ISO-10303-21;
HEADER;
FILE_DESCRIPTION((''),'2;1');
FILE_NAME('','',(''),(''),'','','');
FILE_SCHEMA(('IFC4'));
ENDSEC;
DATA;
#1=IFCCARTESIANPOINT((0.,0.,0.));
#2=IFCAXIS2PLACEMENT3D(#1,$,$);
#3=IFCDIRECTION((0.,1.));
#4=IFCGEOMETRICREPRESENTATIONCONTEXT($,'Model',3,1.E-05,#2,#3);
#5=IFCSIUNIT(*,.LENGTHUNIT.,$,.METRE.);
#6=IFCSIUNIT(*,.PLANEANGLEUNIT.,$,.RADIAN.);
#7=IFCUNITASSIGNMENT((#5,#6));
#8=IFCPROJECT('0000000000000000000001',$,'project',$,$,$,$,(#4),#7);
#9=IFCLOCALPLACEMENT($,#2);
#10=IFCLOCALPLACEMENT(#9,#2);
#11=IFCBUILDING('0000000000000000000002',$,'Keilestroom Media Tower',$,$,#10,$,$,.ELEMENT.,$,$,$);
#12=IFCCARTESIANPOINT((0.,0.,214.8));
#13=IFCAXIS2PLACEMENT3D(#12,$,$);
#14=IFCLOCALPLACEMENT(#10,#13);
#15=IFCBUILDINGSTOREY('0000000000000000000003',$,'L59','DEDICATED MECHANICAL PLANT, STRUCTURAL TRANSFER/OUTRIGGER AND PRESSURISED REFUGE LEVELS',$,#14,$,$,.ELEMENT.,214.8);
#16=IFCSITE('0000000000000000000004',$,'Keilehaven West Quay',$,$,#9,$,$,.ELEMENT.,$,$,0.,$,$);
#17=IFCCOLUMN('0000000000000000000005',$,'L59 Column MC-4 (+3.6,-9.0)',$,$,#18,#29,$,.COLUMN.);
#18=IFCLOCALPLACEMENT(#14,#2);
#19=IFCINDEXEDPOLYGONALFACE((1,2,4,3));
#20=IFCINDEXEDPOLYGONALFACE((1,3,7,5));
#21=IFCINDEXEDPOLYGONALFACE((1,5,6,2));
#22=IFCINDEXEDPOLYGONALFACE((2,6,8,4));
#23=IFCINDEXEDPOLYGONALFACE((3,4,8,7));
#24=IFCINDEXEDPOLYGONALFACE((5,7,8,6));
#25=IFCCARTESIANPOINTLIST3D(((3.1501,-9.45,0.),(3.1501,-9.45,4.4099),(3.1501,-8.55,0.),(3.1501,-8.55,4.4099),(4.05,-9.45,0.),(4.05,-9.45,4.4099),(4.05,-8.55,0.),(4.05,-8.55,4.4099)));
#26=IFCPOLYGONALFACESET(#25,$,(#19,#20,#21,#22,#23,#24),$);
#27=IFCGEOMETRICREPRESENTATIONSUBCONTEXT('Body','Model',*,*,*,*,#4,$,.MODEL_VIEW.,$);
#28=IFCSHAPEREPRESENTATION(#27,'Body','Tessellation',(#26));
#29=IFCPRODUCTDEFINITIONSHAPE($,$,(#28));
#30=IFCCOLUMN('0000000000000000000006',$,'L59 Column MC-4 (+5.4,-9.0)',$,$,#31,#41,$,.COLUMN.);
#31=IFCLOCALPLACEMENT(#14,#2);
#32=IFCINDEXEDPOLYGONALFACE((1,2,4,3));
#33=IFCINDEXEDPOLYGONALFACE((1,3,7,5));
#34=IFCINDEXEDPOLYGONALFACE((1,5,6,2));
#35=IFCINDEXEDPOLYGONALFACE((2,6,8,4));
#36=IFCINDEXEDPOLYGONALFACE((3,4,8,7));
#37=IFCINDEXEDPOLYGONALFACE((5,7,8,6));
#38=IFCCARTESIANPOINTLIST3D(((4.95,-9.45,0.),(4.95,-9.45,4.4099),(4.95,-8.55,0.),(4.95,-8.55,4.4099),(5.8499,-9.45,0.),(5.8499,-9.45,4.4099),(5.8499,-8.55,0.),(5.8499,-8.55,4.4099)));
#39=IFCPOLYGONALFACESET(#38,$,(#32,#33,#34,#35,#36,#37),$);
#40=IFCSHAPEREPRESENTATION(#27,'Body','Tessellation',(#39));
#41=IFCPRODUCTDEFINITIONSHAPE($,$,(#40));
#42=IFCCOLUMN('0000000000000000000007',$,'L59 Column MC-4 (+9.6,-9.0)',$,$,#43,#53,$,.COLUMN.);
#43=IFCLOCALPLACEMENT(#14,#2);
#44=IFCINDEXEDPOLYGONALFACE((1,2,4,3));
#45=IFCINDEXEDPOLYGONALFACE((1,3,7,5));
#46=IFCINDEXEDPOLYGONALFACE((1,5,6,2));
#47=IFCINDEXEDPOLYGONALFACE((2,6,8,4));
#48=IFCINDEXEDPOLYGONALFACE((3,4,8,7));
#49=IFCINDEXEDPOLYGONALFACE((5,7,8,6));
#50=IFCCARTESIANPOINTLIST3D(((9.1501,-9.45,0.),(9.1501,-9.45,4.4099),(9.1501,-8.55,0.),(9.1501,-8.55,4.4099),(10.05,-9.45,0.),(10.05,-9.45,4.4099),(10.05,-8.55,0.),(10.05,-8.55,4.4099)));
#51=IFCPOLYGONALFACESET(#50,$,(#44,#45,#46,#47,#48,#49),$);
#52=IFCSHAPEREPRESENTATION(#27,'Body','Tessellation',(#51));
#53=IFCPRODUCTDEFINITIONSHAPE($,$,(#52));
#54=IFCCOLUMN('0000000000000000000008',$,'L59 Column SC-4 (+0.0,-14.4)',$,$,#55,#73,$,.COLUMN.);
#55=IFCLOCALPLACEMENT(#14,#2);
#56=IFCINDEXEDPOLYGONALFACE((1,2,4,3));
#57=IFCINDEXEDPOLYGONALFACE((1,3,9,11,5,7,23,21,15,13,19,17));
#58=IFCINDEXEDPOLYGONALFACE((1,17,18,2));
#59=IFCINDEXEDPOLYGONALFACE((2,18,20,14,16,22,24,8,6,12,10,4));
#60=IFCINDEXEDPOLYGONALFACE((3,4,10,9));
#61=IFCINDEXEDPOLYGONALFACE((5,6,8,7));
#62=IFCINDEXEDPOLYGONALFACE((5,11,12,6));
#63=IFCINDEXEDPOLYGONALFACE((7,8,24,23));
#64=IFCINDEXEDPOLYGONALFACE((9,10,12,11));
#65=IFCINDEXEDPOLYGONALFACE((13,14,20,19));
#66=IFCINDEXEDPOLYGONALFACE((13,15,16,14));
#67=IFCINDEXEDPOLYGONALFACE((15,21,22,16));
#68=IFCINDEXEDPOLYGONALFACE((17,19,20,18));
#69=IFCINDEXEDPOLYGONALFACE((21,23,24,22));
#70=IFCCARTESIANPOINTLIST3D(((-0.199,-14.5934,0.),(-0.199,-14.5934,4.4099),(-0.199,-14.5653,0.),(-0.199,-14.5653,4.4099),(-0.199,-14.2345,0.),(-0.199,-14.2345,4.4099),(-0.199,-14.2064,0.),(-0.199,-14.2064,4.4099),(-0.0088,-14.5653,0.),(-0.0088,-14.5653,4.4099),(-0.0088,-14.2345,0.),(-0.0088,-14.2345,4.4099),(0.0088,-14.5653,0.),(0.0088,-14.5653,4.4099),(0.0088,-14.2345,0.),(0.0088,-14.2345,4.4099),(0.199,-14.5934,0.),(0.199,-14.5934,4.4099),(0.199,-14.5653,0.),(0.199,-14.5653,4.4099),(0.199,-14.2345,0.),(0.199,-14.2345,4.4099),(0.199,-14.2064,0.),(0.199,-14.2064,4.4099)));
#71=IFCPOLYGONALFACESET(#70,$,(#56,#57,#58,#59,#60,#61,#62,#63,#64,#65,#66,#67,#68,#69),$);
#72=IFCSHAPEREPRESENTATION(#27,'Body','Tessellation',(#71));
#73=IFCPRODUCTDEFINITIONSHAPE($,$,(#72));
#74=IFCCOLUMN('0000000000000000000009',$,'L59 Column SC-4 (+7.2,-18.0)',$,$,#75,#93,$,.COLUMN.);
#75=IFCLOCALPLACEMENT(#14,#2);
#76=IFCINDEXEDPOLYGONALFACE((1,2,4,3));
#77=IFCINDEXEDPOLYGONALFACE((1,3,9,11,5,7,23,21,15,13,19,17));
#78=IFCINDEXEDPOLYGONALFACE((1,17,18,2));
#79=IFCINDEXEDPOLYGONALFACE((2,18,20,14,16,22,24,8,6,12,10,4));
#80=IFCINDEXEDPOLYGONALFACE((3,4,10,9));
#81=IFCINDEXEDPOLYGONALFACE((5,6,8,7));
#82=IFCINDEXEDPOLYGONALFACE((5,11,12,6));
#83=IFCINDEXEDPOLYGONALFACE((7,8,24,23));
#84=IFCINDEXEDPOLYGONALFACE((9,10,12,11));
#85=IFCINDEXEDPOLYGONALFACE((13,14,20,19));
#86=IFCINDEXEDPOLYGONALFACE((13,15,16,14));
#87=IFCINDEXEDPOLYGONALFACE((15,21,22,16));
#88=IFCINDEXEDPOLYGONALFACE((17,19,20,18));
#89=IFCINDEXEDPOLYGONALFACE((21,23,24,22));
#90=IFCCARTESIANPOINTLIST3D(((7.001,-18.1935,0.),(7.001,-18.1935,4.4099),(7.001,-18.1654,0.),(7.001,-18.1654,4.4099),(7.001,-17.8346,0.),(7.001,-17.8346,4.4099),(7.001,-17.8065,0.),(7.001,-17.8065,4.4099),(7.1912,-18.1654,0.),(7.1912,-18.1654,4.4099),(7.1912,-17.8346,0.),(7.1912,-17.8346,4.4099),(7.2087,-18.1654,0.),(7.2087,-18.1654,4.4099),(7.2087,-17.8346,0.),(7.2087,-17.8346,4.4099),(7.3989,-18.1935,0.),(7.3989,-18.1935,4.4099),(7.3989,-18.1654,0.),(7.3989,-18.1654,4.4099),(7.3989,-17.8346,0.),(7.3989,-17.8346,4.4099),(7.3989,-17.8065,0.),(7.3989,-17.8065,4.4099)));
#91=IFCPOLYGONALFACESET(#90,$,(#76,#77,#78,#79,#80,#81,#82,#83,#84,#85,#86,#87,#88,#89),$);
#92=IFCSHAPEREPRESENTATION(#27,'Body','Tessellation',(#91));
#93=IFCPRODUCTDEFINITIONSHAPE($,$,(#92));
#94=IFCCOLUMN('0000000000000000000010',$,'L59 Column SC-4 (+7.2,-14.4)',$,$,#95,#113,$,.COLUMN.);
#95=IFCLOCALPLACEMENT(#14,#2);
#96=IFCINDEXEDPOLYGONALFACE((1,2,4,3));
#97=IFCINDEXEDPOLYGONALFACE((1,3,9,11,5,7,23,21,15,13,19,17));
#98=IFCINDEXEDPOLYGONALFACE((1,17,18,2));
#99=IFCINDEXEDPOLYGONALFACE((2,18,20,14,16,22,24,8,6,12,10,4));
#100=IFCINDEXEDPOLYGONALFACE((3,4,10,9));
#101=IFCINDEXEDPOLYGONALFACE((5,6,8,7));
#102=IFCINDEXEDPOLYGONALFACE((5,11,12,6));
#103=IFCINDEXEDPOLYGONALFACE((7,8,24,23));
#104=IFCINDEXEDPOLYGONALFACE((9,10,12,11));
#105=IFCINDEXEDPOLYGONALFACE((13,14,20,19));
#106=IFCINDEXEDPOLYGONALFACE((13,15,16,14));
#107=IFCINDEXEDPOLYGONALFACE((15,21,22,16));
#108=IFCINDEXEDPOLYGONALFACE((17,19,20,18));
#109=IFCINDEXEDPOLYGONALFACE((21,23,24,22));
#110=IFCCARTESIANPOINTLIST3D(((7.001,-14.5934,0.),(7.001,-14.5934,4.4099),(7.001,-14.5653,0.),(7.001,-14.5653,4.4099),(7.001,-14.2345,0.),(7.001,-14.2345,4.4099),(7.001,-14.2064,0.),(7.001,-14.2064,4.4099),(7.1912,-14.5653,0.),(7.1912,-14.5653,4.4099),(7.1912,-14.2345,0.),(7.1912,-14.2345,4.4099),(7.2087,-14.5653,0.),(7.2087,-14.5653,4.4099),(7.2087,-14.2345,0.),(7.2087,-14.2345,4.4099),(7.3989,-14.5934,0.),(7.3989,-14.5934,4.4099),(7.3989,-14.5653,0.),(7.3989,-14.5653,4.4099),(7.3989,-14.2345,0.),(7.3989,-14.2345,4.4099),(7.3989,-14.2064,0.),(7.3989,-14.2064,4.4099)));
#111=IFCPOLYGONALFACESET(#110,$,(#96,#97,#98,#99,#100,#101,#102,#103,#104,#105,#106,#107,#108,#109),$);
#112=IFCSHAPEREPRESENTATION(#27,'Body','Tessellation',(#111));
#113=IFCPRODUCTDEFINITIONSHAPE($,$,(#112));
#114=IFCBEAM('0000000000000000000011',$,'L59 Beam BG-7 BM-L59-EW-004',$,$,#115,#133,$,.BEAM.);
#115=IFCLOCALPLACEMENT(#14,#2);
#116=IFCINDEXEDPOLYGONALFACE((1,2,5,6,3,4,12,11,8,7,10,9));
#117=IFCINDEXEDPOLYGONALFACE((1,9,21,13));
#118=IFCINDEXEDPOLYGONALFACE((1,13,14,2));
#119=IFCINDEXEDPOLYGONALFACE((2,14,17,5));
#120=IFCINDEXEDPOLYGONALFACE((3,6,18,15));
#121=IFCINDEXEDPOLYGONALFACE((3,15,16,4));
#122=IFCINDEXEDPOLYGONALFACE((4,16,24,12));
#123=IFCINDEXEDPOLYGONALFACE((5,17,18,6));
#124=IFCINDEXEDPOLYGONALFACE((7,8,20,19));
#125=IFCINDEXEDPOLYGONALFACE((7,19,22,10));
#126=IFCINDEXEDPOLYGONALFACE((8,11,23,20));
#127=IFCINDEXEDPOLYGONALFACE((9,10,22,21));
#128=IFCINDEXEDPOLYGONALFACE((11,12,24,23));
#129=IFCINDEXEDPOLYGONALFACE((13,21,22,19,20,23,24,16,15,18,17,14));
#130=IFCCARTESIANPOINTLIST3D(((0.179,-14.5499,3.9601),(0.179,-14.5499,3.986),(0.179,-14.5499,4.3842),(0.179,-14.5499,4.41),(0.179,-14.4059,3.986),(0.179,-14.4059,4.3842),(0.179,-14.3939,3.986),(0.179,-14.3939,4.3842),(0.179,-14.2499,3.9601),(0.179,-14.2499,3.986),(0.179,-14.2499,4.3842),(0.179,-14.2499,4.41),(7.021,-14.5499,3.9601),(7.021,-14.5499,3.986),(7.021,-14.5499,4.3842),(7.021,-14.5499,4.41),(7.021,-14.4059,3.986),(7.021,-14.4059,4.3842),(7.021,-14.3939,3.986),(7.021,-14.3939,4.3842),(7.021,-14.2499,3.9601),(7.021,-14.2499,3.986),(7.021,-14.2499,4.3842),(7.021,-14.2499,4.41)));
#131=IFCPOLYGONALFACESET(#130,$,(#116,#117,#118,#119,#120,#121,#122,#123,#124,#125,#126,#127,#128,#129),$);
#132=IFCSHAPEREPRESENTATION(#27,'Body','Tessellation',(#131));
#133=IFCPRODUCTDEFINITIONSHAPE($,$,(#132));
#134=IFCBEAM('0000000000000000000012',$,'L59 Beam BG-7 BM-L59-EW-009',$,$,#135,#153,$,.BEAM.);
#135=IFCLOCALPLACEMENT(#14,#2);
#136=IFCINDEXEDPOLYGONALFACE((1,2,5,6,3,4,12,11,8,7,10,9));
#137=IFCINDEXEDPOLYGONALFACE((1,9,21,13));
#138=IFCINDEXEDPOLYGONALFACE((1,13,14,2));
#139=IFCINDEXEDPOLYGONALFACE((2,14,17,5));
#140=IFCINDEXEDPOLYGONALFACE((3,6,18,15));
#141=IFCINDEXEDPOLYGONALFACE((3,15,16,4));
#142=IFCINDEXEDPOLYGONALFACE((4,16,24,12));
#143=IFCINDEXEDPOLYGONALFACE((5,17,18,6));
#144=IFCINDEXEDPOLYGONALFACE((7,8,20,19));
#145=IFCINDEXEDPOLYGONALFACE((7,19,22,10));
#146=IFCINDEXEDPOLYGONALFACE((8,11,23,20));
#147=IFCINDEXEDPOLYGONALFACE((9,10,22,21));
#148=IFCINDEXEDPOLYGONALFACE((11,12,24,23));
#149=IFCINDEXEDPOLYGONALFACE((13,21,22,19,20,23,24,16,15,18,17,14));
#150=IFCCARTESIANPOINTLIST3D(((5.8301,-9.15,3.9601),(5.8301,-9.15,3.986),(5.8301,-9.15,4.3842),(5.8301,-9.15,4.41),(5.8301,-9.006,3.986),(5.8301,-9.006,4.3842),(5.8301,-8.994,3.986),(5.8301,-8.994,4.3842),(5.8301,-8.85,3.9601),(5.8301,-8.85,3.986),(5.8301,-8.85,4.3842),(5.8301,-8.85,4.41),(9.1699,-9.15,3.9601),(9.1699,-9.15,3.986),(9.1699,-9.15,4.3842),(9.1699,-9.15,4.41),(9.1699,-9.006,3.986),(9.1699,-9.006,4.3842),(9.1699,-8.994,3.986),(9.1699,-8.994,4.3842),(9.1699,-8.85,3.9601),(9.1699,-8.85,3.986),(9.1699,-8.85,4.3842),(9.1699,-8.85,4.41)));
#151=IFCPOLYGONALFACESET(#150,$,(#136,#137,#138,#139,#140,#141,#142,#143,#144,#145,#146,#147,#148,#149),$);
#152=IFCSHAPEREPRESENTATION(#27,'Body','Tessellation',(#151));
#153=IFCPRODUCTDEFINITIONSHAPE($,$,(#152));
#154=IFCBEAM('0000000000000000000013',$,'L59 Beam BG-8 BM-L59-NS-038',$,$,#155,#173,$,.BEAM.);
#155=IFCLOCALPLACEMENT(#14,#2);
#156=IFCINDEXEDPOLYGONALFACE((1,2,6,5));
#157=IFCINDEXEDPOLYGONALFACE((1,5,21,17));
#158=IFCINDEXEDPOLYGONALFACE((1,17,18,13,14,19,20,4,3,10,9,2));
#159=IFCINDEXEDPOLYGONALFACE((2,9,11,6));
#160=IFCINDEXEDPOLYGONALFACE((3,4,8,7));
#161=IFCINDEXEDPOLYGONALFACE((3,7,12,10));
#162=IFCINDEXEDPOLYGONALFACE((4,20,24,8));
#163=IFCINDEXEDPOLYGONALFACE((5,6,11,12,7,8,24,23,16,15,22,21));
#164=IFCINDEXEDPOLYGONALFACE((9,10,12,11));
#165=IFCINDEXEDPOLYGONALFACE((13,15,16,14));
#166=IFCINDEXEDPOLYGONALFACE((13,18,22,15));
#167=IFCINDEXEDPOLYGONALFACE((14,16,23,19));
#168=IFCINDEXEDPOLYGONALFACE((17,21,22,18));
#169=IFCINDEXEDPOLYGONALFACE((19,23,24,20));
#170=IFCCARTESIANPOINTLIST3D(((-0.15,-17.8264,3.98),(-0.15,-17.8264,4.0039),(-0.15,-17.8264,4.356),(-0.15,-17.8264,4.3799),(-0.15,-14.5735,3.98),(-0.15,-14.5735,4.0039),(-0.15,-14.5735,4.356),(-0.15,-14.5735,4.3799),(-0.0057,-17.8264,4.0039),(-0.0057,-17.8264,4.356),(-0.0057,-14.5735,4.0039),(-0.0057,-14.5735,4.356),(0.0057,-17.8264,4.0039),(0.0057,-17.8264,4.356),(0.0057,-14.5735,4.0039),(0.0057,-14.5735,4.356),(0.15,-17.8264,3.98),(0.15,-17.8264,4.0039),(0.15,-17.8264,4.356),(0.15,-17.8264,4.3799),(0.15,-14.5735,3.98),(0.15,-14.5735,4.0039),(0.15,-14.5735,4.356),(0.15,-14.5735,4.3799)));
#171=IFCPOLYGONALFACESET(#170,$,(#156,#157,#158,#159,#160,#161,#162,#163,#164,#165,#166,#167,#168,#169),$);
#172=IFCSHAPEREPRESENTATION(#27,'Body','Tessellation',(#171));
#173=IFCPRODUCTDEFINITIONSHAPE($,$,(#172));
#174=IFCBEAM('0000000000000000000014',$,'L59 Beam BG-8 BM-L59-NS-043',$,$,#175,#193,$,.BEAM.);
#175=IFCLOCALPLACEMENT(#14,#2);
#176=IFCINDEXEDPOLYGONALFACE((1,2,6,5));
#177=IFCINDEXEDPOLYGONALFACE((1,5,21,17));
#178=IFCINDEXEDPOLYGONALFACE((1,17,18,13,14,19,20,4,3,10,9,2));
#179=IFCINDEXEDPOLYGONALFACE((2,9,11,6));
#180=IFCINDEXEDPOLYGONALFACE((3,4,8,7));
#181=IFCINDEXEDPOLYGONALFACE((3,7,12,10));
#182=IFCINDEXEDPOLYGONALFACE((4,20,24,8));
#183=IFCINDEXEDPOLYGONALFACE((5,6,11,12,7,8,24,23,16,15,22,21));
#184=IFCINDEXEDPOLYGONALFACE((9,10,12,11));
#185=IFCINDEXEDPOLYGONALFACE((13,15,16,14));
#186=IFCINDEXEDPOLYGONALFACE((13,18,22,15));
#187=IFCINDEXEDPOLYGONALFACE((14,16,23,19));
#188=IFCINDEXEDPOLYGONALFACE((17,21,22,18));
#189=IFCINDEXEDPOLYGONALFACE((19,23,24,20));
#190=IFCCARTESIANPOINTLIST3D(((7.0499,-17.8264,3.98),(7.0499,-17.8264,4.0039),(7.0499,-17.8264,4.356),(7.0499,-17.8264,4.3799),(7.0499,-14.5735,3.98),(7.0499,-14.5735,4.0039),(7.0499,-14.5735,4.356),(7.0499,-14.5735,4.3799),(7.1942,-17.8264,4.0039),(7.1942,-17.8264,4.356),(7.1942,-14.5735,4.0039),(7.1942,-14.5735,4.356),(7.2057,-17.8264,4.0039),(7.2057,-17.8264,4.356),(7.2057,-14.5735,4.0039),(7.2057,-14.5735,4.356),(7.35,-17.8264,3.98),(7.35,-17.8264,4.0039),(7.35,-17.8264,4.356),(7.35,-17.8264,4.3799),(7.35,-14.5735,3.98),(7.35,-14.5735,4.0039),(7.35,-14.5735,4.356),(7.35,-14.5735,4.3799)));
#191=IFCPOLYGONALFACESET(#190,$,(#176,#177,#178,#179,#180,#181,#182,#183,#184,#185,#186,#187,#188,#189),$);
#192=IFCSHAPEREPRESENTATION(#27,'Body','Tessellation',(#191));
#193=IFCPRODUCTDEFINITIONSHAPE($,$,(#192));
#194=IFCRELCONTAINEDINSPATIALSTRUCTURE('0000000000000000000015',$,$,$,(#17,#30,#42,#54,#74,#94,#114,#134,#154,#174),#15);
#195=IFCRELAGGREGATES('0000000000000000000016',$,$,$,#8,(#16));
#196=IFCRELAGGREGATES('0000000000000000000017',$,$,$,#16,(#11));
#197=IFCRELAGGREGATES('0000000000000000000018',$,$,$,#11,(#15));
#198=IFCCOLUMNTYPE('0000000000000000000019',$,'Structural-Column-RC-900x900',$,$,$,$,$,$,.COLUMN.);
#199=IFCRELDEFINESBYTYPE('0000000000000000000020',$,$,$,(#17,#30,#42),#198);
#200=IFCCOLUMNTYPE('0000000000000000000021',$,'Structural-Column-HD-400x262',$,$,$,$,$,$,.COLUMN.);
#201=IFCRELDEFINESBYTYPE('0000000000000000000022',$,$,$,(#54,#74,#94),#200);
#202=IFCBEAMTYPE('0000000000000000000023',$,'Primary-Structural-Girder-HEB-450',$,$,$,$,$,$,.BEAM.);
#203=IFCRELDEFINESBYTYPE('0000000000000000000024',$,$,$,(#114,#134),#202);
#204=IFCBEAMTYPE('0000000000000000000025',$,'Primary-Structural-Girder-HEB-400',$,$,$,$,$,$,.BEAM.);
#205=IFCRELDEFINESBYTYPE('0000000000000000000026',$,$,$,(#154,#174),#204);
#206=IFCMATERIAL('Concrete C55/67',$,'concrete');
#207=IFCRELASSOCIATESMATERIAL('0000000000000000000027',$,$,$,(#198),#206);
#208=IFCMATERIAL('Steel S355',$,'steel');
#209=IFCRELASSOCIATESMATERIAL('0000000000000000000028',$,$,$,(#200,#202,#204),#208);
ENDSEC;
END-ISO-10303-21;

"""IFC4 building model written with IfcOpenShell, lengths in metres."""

from ifc_helpers import new_model, si_unit, direction, frame, origin, origin_2d, place, context, subcontext, project, spatial, rectangle, i_section, extrude, source, transform, mapped, material, material_profile, profile_set, type_object, element, save


model = new_model("IFC4")

# Units and contexts
model_context = context("Model", 3, precision=1e-05, world=origin(), true_north=direction((0.0, 1.0)))
body_context = subcontext(model_context, "Body", "Model", "MODEL_VIEW")
ifc_project = project(units=[si_unit("LENGTHUNIT", "METRE"), si_unit("PLANEANGLEUNIT", "RADIAN")], contexts=[model_context])

# Site, building, storey
site_placement = place(None, origin())
site = spatial("IfcSite", under=ifc_project, at=site_placement, Name="Keilehaven West Quay", CompositionType="ELEMENT", RefElevation=0.0)
building_placement = place(site_placement, origin())
building = spatial("IfcBuilding", under=site, at=building_placement, Name="Keilestroom Media Tower", CompositionType="ELEMENT")
storey_placement = place(building_placement, frame((0.0, 0.0, 214.8)))
storey = spatial("IfcBuildingStorey", under=building, at=storey_placement, Name="L59", Description="DEDICATED MECHANICAL PLANT, STRUCTURAL TRANSFER/OUTRIGGER AND PRESSURISED REFUGE LEVELS", CompositionType="ELEMENT", Elevation=214.8)

# Columns
ifc_material_1 = material(Name="Concrete C55/67", Category="concrete")
ifc_material_profile_1 = material_profile(ifc_material_1, rectangle(XDim=0.8999, YDim=0.8999, at=origin_2d()), Name="RC 900x900")
ifc_profile_set_1 = profile_set([ifc_material_profile_1], Name="Concrete C55/67")
column_type_1 = type_object("IfcColumnType", Name="Structural-Column-RC-900x900", PredefinedType="COLUMN", material=ifc_profile_set_1)
shared_shape_1 = source(origin(), body_context, "Body", "SweptSolid", [
    extrude(rectangle(XDim=0.8999, YDim=0.8999, at=origin_2d()), origin(), (0.0, 0.0, 1.0), 4.4099),
])
for number, where, z_axis, x_axis, name in (
    (1, (3.6001, -9.0, 0.0), (0.0, 0.0, 1.0), (1.0, 0.0, 0.0), "L59 Column MC-4 (+3.6,-9.0)"),
    (2, (5.3999, -9.0, 0.0), (0.0, 0.0, 1.0), (1.0, 0.0, 0.0), "L59 Column MC-4 (+5.4,-9.0)"),
    (3, (9.6001, -9.0, 0.0), (0.0, 0.0, 1.0), (1.0, 0.0, 0.0), "L59 Column MC-4 (+9.6,-9.0)"),
):
    element("IfcColumn", number, at=place(storey_placement, frame(where, z_axis=z_axis, x_axis=x_axis)), inside=storey, type_object=column_type_1, Name=name, PredefinedType="COLUMN", context=body_context, shape_type="MappedRepresentation", body=[
        mapped(shared_shape_1, transform((0.0, 0.0, 0.0), x_axis=(1.0, 0.0, 0.0), y_axis=(0.0, 1.0, 0.0), z_axis=(0.0, 0.0, 1.0), scale=1.0)),
    ])
ifc_material_2 = material(Name="Steel S355", Category="steel")
ifc_material_profile_2 = material_profile(ifc_material_2, i_section(OverallWidth=0.3979, OverallDepth=0.387, WebThickness=0.0176, FlangeThickness=0.0281, at=origin_2d()), Name="HD 400x262")
ifc_profile_set_2 = profile_set([ifc_material_profile_2], Name="Steel S355")
column_type_2 = type_object("IfcColumnType", Name="Structural-Column-HD-400x262", PredefinedType="COLUMN", material=ifc_profile_set_2)
shared_shape_2 = source(origin(), body_context, "Body", "SweptSolid", [
    extrude(i_section(OverallWidth=0.3979, OverallDepth=0.387, WebThickness=0.0176, FlangeThickness=0.0281, at=origin_2d()), origin(), (0.0, 0.0, 1.0), 4.4099),
])
for number, where, z_axis, x_axis, name in (
    (4, (0.0, -14.3999, 0.0), (0.0, 0.0, 1.0), (1.0, 0.0, 0.0), "L59 Column SC-4 (+0.0,-14.4)"),
    (5, (7.2, -18.0, 0.0), (0.0, 0.0, 1.0), (1.0, 0.0, 0.0), "L59 Column SC-4 (+7.2,-18.0)"),
    (6, (7.2, -14.3999, 0.0), (0.0, 0.0, 1.0), (1.0, 0.0, 0.0), "L59 Column SC-4 (+7.2,-14.4)"),
):
    element("IfcColumn", number, at=place(storey_placement, frame(where, z_axis=z_axis, x_axis=x_axis)), inside=storey, type_object=column_type_2, Name=name, PredefinedType="COLUMN", context=body_context, shape_type="MappedRepresentation", body=[
        mapped(shared_shape_2, transform((0.0, 0.0, 0.0), x_axis=(1.0, 0.0, 0.0), y_axis=(0.0, 1.0, 0.0), z_axis=(0.0, 0.0, 1.0), scale=1.0)),
    ])

# Beams
ifc_material_profile_3 = material_profile(ifc_material_2, i_section(OverallWidth=0.3, OverallDepth=0.45, WebThickness=0.012, FlangeThickness=0.0259, at=origin_2d()), Name="HEB 450")
ifc_profile_set_3 = profile_set([ifc_material_profile_3], Name="Steel S355")
beam_type_1 = type_object("IfcBeamType", Name="Primary-Structural-Girder-HEB-450", PredefinedType="BEAM", material=ifc_profile_set_3)
shared_shape_3 = source(origin(), body_context, "Body", "SweptSolid", [
    extrude(i_section(OverallWidth=0.3, OverallDepth=0.45, WebThickness=0.012, FlangeThickness=0.0259, at=origin_2d()), origin(), (0.0, 0.0, 1.0), 6.842),
])
beam_1_placement = place(storey_placement, frame((0.179, -14.3999, 4.1851), z_axis=(1.0, 0.0, 0.0), x_axis=(0.0, 1.0, 0.0)))
element("IfcBeam", 7, at=beam_1_placement, inside=storey, type_object=beam_type_1, Name="L59 Beam BG-7 BM-L59-EW-004", PredefinedType="BEAM", context=body_context, shape_type="MappedRepresentation", body=[
    mapped(shared_shape_3, transform((0.0, 0.0, 0.0), x_axis=(1.0, 0.0, 0.0), y_axis=(0.0, 1.0, 0.0), z_axis=(0.0, 0.0, 1.0), scale=1.0)),
])
shared_shape_4 = source(origin(), body_context, "Body", "SweptSolid", [
    extrude(i_section(OverallWidth=0.3, OverallDepth=0.45, WebThickness=0.012, FlangeThickness=0.0259, at=origin_2d()), origin(), (0.0, 0.0, 1.0), 3.3398),
])
beam_2_placement = place(storey_placement, frame((5.8301, -9.0, 4.1851), z_axis=(1.0, 0.0, 0.0), x_axis=(0.0, 1.0, 0.0)))
element("IfcBeam", 8, at=beam_2_placement, inside=storey, type_object=beam_type_1, Name="L59 Beam BG-7 BM-L59-EW-009", PredefinedType="BEAM", context=body_context, shape_type="MappedRepresentation", body=[
    mapped(shared_shape_4, transform((0.0, 0.0, 0.0), x_axis=(1.0, 0.0, 0.0), y_axis=(0.0, 1.0, 0.0), z_axis=(0.0, 0.0, 1.0), scale=1.0)),
])
ifc_material_profile_4 = material_profile(ifc_material_2, i_section(OverallWidth=0.3, OverallDepth=0.3999, WebThickness=0.0115, FlangeThickness=0.0239, at=origin_2d()), Name="HEB 400")
ifc_profile_set_4 = profile_set([ifc_material_profile_4], Name="Steel S355")
beam_type_2 = type_object("IfcBeamType", Name="Primary-Structural-Girder-HEB-400", PredefinedType="BEAM", material=ifc_profile_set_4)
shared_shape_5 = source(origin(), body_context, "Body", "SweptSolid", [
    extrude(i_section(OverallWidth=0.3, OverallDepth=0.3999, WebThickness=0.0115, FlangeThickness=0.0239, at=origin_2d()), origin(), (0.0, 0.0, 1.0), 3.2529),
])
for number, where, z_axis, x_axis, name in (
    (9, (0.0, -17.8264, 4.1799), (0.0, 1.0, 0.0), (-1.0, 0.0, 0.0), "L59 Beam BG-8 BM-L59-NS-038"),
    (10, (7.2, -17.8264, 4.1799), (0.0, 1.0, 0.0), (-1.0, 0.0, 0.0), "L59 Beam BG-8 BM-L59-NS-043"),
):
    element("IfcBeam", number, at=place(storey_placement, frame(where, z_axis=z_axis, x_axis=x_axis)), inside=storey, type_object=beam_type_2, Name=name, PredefinedType="BEAM", context=body_context, shape_type="MappedRepresentation", body=[
        mapped(shared_shape_5, transform((0.0, 0.0, 0.0), x_axis=(1.0, 0.0, 0.0), y_axis=(0.0, 1.0, 0.0), z_axis=(0.0, 0.0, 1.0), scale=1.0)),
    ])

save(model, "model.ifc")
